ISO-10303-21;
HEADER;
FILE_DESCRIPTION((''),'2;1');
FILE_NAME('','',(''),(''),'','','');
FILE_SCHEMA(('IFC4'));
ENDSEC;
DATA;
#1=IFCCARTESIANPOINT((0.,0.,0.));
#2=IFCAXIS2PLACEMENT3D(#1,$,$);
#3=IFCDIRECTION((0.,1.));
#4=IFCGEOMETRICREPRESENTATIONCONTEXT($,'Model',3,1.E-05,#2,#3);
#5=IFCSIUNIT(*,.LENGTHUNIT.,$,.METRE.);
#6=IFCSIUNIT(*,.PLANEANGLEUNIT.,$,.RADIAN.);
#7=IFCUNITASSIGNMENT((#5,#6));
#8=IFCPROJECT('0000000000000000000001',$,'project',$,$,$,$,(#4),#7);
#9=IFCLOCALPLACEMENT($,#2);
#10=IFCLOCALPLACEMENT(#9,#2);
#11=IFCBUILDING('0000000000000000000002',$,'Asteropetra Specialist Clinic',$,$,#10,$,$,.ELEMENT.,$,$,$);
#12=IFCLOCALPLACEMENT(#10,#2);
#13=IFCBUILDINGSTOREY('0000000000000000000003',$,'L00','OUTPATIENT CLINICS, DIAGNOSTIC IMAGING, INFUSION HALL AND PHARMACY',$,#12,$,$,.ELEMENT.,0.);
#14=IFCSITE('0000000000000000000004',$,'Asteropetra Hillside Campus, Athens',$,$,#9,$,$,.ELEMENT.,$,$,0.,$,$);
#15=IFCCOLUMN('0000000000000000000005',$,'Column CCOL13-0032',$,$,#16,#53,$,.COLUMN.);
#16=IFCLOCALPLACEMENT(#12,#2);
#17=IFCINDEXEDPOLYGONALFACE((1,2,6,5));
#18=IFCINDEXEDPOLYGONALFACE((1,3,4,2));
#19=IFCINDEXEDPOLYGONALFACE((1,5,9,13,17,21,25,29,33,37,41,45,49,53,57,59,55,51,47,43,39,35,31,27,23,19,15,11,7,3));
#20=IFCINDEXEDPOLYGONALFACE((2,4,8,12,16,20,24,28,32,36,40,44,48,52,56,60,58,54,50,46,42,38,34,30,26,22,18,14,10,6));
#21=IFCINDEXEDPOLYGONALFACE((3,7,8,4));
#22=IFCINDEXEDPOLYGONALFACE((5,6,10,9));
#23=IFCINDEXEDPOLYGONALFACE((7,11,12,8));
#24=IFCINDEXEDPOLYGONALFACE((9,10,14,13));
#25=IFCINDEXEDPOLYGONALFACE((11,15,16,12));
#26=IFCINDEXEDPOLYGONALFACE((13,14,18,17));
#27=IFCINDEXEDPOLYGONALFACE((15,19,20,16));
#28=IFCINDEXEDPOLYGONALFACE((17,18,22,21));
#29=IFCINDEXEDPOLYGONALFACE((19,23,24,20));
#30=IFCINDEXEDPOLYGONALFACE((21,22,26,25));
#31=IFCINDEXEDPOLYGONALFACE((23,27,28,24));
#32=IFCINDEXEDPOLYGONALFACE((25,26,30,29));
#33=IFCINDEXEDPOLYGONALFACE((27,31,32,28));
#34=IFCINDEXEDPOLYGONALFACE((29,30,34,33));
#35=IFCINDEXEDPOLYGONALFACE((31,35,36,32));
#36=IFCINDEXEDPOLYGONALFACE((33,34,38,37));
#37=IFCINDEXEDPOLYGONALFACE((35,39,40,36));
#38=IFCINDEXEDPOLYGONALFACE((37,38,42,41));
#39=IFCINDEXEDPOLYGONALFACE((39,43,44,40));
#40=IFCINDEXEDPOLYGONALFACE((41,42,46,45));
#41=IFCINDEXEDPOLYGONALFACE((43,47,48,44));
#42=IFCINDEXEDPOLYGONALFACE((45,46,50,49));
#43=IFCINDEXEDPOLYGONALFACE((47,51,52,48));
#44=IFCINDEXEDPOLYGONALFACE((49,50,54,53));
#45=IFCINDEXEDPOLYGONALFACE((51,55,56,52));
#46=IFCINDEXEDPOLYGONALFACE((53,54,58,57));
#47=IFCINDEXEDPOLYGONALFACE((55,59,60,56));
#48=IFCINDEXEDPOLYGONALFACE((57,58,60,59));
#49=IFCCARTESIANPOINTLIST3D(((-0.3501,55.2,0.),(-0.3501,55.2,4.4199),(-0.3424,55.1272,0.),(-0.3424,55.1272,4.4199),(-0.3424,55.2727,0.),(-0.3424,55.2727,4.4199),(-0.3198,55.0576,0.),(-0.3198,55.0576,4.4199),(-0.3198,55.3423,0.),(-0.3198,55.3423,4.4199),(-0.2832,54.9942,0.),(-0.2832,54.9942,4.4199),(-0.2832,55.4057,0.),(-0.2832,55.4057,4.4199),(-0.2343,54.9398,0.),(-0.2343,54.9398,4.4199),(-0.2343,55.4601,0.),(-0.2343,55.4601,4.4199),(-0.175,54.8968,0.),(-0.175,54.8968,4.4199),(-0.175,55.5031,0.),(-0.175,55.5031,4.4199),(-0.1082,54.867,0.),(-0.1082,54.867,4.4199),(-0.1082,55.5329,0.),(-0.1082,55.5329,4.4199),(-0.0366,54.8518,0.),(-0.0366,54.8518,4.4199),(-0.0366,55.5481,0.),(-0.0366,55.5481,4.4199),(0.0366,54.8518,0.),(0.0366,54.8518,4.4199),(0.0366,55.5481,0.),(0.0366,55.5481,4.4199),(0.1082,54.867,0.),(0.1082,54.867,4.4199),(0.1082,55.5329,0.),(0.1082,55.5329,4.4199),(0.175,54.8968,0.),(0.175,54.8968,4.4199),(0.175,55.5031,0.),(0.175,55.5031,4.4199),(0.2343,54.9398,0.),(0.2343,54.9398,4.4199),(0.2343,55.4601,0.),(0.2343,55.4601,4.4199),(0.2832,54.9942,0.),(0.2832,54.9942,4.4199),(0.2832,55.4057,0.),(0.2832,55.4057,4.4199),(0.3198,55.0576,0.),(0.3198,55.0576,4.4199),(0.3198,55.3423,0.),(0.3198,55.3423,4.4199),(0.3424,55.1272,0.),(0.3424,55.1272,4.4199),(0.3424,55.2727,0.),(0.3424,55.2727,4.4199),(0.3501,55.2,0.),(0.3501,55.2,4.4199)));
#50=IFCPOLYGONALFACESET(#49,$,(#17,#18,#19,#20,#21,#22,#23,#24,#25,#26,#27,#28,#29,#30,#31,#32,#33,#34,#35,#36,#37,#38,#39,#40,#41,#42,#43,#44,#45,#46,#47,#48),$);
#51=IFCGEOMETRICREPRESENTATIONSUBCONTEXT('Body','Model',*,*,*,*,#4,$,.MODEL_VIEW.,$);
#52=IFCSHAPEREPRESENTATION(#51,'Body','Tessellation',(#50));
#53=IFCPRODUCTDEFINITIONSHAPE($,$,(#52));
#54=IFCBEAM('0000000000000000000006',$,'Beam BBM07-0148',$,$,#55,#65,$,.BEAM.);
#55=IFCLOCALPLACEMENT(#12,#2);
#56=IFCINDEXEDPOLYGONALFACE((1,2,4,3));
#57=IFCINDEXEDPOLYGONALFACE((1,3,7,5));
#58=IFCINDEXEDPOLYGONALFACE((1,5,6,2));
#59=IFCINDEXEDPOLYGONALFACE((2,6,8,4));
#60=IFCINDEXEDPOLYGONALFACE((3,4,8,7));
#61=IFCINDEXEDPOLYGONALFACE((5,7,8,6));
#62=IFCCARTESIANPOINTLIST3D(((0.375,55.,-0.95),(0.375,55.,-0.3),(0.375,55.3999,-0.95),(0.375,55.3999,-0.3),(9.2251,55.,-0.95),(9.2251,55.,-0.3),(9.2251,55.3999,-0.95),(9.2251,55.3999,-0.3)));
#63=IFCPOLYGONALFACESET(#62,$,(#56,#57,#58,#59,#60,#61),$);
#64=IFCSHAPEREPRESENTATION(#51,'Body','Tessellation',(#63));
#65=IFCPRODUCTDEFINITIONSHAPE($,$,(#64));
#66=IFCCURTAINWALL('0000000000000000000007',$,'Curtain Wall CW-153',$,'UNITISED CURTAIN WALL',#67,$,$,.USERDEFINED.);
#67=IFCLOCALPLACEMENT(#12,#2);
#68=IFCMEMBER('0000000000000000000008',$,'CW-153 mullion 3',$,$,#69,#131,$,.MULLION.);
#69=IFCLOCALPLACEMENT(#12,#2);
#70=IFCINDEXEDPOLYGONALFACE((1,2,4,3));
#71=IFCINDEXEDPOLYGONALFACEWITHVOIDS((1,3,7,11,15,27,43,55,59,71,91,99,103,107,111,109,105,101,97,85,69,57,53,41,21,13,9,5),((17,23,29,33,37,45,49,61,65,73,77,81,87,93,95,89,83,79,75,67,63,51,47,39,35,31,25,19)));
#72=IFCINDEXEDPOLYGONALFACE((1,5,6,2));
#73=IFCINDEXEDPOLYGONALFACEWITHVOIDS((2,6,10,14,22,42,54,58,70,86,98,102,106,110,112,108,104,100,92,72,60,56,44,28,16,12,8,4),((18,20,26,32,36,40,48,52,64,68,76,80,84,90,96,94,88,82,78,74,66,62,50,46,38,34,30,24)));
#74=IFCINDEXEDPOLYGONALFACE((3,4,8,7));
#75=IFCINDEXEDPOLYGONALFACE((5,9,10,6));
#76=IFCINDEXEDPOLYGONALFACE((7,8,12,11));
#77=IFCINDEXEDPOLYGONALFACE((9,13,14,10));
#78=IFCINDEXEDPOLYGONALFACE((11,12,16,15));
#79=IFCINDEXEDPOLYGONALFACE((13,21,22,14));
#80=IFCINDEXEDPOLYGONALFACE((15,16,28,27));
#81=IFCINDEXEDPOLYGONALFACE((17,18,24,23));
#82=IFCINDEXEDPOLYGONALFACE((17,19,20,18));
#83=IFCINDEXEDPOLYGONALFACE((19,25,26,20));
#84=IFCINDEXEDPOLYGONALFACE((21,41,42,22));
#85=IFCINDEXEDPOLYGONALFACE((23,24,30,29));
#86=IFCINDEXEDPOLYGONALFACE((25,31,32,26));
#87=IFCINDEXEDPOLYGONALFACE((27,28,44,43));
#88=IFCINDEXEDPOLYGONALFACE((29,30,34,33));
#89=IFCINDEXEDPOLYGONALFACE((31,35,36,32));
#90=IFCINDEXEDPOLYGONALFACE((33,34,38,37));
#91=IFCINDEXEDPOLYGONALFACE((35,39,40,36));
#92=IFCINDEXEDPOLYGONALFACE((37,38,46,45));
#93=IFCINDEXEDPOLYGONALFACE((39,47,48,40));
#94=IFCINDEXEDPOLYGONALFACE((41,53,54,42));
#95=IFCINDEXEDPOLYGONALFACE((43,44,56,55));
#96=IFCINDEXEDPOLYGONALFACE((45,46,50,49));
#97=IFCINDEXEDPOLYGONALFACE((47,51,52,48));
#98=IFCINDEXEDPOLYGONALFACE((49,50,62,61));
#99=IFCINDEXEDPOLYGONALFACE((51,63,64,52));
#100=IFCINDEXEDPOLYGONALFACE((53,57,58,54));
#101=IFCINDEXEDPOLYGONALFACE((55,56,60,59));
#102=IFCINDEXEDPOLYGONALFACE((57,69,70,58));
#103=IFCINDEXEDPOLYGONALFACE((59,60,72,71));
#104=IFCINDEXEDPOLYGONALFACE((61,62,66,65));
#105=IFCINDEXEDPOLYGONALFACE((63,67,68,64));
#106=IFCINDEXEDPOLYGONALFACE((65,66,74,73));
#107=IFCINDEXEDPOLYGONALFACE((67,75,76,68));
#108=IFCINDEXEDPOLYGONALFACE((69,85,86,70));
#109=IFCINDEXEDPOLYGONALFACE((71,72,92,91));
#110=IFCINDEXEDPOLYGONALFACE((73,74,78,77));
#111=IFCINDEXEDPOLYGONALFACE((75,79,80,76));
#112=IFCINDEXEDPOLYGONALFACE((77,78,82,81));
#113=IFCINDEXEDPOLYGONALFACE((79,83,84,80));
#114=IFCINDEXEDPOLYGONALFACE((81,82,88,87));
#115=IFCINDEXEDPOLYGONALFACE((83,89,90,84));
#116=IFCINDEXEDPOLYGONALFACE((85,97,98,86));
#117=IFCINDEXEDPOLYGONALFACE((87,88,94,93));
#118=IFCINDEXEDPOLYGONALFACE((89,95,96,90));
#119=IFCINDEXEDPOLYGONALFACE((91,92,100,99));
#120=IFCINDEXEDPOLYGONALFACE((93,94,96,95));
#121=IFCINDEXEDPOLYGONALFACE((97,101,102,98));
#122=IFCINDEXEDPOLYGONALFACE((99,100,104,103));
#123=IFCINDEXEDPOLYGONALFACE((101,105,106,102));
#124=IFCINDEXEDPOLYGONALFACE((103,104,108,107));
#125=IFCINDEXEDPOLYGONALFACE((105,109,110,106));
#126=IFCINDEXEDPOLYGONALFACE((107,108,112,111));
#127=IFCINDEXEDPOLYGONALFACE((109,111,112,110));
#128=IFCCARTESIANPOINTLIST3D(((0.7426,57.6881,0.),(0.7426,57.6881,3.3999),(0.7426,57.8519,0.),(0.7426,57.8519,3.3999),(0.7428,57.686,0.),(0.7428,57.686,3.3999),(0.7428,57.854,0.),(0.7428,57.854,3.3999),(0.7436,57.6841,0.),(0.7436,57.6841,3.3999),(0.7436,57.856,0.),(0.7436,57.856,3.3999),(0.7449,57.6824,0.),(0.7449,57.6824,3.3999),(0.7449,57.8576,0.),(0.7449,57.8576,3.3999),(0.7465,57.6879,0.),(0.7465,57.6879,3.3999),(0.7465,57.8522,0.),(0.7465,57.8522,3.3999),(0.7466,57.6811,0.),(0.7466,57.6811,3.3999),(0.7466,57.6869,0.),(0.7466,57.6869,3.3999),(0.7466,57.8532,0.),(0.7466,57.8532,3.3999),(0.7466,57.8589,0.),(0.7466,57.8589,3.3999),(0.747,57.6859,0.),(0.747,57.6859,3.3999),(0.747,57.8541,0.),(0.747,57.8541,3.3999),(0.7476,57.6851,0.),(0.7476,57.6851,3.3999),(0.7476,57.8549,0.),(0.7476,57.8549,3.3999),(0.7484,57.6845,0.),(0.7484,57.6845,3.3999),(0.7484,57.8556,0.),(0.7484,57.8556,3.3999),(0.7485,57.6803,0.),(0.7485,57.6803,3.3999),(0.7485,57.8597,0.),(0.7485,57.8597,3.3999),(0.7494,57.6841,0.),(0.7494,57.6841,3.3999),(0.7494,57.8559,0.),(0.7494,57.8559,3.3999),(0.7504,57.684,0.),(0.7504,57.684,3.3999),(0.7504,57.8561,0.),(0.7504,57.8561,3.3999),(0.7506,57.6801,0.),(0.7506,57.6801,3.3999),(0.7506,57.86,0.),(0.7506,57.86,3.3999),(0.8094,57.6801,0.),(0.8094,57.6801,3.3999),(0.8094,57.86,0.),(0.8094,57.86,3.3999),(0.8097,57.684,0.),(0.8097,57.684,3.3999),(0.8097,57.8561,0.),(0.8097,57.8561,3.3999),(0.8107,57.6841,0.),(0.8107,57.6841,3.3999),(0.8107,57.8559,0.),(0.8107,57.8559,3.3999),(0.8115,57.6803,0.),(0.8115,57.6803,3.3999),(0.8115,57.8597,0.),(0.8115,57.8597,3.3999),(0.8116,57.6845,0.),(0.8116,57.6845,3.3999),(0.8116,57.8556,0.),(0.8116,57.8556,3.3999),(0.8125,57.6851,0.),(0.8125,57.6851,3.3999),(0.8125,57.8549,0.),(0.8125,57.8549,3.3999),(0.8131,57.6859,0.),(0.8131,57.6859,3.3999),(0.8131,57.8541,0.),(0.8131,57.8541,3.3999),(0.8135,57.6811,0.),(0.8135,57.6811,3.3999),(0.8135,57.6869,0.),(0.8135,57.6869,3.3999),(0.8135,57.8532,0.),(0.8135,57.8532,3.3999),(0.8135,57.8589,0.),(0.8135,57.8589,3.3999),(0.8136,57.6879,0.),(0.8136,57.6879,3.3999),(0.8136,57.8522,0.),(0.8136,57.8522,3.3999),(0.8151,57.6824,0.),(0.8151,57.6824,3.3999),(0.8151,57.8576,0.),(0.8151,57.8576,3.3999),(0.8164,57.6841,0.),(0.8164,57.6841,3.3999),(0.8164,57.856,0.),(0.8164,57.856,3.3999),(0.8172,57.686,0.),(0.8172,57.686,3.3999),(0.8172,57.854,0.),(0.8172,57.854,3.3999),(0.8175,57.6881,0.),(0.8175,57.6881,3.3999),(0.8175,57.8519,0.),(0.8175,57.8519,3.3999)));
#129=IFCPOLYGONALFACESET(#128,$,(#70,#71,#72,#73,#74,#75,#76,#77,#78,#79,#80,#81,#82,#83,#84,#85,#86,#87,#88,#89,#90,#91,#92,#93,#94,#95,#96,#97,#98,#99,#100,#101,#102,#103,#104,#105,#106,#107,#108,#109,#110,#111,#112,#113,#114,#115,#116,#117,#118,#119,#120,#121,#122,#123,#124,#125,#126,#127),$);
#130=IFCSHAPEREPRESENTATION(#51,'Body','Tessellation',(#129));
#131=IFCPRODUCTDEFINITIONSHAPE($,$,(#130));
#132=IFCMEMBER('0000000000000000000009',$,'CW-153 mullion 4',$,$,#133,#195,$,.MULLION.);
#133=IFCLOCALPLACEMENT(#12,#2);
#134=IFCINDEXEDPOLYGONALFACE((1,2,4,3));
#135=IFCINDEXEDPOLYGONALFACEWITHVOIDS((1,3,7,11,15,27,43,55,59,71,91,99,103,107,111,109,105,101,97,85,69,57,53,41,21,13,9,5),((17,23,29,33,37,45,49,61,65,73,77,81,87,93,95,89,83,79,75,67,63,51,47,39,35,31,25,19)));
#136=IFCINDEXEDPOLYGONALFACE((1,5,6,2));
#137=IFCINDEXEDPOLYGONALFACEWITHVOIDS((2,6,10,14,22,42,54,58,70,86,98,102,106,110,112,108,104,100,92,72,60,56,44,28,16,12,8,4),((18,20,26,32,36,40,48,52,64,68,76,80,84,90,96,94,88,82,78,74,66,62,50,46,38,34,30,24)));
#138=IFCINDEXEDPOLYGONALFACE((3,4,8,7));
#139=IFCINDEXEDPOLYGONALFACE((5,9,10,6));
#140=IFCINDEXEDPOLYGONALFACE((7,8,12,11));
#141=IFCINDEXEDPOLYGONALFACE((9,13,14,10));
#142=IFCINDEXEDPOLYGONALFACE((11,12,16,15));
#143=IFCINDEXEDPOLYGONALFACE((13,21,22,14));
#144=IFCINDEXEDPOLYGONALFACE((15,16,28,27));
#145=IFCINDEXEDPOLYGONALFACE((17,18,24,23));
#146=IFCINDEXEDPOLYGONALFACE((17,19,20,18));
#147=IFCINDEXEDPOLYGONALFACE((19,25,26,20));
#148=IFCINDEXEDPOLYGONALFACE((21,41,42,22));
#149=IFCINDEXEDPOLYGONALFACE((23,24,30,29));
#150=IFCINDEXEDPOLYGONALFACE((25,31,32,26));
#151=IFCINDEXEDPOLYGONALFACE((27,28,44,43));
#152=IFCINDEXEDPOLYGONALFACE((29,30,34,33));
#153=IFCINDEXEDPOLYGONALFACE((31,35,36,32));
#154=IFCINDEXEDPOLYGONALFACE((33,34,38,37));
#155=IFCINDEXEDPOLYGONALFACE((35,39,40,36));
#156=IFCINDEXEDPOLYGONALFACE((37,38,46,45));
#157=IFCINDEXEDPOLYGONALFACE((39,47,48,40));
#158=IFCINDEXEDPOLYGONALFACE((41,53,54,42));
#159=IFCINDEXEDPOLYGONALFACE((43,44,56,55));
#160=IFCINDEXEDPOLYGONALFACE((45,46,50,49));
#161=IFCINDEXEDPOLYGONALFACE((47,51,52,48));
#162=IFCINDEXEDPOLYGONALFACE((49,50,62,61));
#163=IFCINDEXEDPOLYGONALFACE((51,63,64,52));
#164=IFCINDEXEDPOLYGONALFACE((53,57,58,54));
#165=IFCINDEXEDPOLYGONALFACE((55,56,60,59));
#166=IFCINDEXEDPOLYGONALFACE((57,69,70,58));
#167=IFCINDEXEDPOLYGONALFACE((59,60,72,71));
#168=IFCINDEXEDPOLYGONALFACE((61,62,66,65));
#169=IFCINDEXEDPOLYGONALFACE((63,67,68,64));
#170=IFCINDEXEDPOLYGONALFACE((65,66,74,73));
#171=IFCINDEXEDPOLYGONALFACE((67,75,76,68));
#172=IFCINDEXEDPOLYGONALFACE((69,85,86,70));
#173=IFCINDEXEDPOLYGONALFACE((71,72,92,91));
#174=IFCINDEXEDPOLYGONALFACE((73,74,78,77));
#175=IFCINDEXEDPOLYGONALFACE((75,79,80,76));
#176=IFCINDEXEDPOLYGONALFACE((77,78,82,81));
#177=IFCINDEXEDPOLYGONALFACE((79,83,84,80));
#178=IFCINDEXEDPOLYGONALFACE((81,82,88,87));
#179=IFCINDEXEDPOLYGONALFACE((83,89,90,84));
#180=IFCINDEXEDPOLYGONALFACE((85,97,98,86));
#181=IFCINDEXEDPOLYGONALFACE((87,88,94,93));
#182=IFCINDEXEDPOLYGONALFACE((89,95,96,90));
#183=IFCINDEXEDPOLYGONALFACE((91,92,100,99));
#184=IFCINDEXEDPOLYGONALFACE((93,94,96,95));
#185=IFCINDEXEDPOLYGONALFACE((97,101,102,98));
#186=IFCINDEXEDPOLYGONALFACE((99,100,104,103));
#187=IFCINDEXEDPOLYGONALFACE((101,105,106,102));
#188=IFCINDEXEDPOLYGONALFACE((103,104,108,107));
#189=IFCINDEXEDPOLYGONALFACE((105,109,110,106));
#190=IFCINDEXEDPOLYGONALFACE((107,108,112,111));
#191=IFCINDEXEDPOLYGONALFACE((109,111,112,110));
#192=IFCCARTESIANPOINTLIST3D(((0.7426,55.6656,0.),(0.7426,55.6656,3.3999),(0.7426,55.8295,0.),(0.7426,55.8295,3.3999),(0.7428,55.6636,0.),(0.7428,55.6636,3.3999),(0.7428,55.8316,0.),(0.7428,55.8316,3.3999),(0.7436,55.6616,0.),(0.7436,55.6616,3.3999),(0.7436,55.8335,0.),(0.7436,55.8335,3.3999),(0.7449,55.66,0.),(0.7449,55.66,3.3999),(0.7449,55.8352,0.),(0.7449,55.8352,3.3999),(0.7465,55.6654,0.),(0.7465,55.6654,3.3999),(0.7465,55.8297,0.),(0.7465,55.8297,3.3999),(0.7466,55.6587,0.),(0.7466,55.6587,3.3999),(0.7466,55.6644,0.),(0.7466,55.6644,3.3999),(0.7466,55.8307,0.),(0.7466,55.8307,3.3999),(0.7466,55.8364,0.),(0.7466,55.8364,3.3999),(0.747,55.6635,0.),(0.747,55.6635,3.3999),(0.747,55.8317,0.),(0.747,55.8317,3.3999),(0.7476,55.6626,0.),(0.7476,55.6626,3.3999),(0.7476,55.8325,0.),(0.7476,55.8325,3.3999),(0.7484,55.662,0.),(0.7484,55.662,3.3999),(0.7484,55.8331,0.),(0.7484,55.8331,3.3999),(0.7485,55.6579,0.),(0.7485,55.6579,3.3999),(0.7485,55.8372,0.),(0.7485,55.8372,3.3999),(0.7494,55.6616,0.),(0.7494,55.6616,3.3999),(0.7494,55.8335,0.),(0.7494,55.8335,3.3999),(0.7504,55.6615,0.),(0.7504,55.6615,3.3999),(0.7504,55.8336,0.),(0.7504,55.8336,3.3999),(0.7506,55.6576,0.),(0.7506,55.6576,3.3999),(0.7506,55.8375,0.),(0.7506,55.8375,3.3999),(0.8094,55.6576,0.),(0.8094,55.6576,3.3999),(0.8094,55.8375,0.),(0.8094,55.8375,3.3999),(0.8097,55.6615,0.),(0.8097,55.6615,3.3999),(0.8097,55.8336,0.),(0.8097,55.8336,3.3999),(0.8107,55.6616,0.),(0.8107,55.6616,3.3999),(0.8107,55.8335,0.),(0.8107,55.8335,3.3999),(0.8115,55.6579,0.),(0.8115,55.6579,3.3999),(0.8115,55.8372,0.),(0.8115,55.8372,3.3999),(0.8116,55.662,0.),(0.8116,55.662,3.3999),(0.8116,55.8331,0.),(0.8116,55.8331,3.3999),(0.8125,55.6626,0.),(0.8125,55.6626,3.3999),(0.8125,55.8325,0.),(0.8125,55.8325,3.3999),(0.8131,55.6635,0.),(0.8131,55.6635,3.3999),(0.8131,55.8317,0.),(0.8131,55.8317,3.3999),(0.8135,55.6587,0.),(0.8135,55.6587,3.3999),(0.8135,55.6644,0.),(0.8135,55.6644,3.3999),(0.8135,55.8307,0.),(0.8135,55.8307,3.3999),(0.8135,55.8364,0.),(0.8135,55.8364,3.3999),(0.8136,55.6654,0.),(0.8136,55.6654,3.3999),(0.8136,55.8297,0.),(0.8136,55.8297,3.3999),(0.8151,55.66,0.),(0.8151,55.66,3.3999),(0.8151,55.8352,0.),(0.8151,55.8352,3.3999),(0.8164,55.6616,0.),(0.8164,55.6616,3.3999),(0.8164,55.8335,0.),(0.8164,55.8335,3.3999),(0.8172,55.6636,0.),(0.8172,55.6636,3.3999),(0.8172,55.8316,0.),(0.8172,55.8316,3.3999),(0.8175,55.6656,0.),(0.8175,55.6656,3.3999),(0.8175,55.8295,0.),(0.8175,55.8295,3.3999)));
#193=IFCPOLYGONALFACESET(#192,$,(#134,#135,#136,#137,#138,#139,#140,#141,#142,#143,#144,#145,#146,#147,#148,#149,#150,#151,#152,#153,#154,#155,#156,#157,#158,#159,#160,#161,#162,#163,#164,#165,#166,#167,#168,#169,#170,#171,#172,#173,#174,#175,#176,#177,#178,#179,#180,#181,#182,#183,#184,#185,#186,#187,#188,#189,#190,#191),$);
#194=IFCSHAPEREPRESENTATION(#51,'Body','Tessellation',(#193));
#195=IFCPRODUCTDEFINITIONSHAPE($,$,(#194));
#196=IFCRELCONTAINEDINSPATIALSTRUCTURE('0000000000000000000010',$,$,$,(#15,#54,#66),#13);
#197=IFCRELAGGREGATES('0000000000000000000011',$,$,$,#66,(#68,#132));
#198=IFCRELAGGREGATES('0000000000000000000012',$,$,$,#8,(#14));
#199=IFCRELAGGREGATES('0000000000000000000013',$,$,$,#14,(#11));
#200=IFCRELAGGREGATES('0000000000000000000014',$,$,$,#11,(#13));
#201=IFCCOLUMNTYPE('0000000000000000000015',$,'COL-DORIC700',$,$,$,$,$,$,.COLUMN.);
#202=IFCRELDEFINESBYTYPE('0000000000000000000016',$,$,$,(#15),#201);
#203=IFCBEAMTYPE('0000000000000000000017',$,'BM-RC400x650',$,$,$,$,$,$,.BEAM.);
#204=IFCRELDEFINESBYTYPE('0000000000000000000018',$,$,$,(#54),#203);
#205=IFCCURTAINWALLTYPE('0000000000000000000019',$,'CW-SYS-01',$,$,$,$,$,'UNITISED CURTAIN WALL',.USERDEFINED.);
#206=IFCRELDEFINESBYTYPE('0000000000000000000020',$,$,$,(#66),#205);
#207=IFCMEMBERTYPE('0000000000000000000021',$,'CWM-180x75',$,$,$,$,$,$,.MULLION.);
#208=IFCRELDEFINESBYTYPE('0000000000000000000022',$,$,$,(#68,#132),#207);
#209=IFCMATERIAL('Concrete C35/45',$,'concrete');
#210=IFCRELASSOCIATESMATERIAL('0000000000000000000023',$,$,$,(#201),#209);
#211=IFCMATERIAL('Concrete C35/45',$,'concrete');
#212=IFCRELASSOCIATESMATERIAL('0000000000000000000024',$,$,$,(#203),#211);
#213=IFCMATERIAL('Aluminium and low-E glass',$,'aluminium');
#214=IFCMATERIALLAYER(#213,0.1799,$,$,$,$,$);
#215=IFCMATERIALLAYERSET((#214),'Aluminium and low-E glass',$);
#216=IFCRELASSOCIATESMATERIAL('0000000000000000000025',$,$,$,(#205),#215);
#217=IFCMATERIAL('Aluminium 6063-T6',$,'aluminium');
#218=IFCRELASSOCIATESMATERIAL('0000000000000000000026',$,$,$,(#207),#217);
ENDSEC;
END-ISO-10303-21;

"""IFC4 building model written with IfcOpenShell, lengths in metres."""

from ifc_helpers import new_model, si_unit, direction, frame, origin, origin_2d, place, context, subcontext, project, spatial, rectangle, hollow_rectangle, circle, extrude, material, layer, layer_set, material_profile, profile_set, type_object, element, aggregate, save


model = new_model("IFC4")

# Units and contexts
model_context = context("Model", 3, precision=1e-05, world=origin(), true_north=direction((0.0, 1.0)))
body_context = subcontext(model_context, "Body", "Model", "MODEL_VIEW")
ifc_project = project(units=[si_unit("LENGTHUNIT", "METRE"), si_unit("PLANEANGLEUNIT", "RADIAN")], contexts=[model_context])

# Site, building, storey
site_placement = place(None, origin())
site = spatial("IfcSite", under=ifc_project, at=site_placement, Name="Asteropetra Hillside Campus, Athens", CompositionType="ELEMENT", RefElevation=0.0)
building_placement = place(site_placement, origin())
building = spatial("IfcBuilding", under=site, at=building_placement, Name="Asteropetra Specialist Clinic", CompositionType="ELEMENT")
storey_placement = place(building_placement, origin())
storey = spatial("IfcBuildingStorey", under=building, at=storey_placement, Name="L00", Description="OUTPATIENT CLINICS, DIAGNOSTIC IMAGING, INFUSION HALL AND PHARMACY", CompositionType="ELEMENT", Elevation=0.0)

# Column
ifc_material_1 = material(Name="Concrete C35/45", Category="concrete")
ifc_material_profile_1 = material_profile(ifc_material_1, circle(Radius=0.3501, at=origin_2d()), Name="RCC D700")
ifc_profile_set_1 = profile_set([ifc_material_profile_1], Name="Concrete C35/45")
column_type = type_object("IfcColumnType", Name="COL-DORIC700", PredefinedType="COLUMN", material=ifc_profile_set_1)
column_placement = place(storey_placement, frame((0.0, 55.2, 0.0), z_axis=(0.0, 0.0, 1.0), x_axis=(1.0, 0.0, 0.0)))
element("IfcColumn", 1, at=column_placement, inside=storey, type_object=column_type, Name="Column CCOL13-0032", PredefinedType="COLUMN", context=body_context, shape_type="SweptSolid", body=[
    extrude(circle(Radius=0.3501, at=origin_2d()), origin(), (0.0, 0.0, 1.0), 4.4199),
])

# Beam
ifc_material_2 = material(Name="Concrete C35/45", Category="concrete")
ifc_material_profile_2 = material_profile(ifc_material_2, rectangle(XDim=0.3999, YDim=0.6499, at=origin_2d()), Name="RCB 400x650")
ifc_profile_set_2 = profile_set([ifc_material_profile_2], Name="Concrete C35/45")
beam_type_1 = type_object("IfcBeamType", Name="BM-RC400x650", PredefinedType="BEAM", material=ifc_profile_set_2)
beam_1_placement = place(storey_placement, frame((0.375, 55.2, -0.625), z_axis=(1.0, 0.0, 0.0), x_axis=(0.0, 1.0, 0.0)))
element("IfcBeam", 2, at=beam_1_placement, inside=storey, type_object=beam_type_1, Name="Beam BBM07-0148", PredefinedType="BEAM", context=body_context, shape_type="SweptSolid", body=[
    extrude(rectangle(XDim=0.3999, YDim=0.6499, at=origin_2d()), origin(), (0.0, 0.0, 1.0), 8.8501),
])

# Curtain wall, members
ifc_material_3 = material(Name="Aluminium and low-E glass", Category="aluminium")
ifc_layer_1 = layer(ifc_material_3, 0.1799)
ifc_layer_set_1 = layer_set([ifc_layer_1], Name="Aluminium and low-E glass")
curtain_wall_type = type_object("IfcCurtainWallType", Name="CW-SYS-01", ElementType="UNITISED CURTAIN WALL", PredefinedType="USERDEFINED", material=ifc_layer_set_1)
curtain_wall_placement = place(storey_placement, origin())
curtain_wall = element("IfcCurtainWall", 3, at=curtain_wall_placement, inside=storey, type_object=curtain_wall_type, Name="Curtain Wall CW-153", ObjectType="UNITISED CURTAIN WALL", PredefinedType="USERDEFINED")
ifc_material_4 = material(Name="Aluminium 6063-T6", Category="aluminium")
ifc_material_profile_3 = material_profile(ifc_material_4, hollow_rectangle(XDim=0.075, YDim=0.1799, WallThickness=0.0039, InnerFilletRadius=0.0039, OuterFilletRadius=0.0081, at=origin_2d()), Name="MUL 180x75x4.0")
ifc_profile_set_3 = profile_set([ifc_material_profile_3], Name="Aluminium 6063-T6")
member_type_1 = type_object("IfcMemberType", Name="CWM-180x75", PredefinedType="MULLION", material=ifc_profile_set_3)
member_1_placement = place(storey_placement, frame((0.78, 57.77, 0.0), z_axis=(0.0, 0.0, 1.0), x_axis=(1.0, 0.0, 0.0)))
member_1 = element("IfcMember", 4, at=member_1_placement, type_object=member_type_1, Name="CW-153 mullion 3", PredefinedType="MULLION", context=body_context, shape_type="SweptSolid", body=[
    extrude(hollow_rectangle(XDim=0.075, YDim=0.1799, WallThickness=0.0039, InnerFilletRadius=0.0039, OuterFilletRadius=0.0081, at=origin_2d()), origin(), (0.0, 0.0, 1.0), 3.3999),
])
member_2_placement = place(storey_placement, frame((0.78, 55.7476, 0.0), z_axis=(0.0, 0.0, 1.0), x_axis=(1.0, 0.0, 0.0)))
member_2 = element("IfcMember", 5, at=member_2_placement, type_object=member_type_1, Name="CW-153 mullion 4", PredefinedType="MULLION", context=body_context, shape_type="SweptSolid", body=[
    extrude(hollow_rectangle(XDim=0.075, YDim=0.1799, WallThickness=0.0039, InnerFilletRadius=0.0039, OuterFilletRadius=0.0081, at=origin_2d()), origin(), (0.0, 0.0, 1.0), 3.3999),
])

aggregate(curtain_wall, [member_1, member_2])

save(model, "model.ifc")
